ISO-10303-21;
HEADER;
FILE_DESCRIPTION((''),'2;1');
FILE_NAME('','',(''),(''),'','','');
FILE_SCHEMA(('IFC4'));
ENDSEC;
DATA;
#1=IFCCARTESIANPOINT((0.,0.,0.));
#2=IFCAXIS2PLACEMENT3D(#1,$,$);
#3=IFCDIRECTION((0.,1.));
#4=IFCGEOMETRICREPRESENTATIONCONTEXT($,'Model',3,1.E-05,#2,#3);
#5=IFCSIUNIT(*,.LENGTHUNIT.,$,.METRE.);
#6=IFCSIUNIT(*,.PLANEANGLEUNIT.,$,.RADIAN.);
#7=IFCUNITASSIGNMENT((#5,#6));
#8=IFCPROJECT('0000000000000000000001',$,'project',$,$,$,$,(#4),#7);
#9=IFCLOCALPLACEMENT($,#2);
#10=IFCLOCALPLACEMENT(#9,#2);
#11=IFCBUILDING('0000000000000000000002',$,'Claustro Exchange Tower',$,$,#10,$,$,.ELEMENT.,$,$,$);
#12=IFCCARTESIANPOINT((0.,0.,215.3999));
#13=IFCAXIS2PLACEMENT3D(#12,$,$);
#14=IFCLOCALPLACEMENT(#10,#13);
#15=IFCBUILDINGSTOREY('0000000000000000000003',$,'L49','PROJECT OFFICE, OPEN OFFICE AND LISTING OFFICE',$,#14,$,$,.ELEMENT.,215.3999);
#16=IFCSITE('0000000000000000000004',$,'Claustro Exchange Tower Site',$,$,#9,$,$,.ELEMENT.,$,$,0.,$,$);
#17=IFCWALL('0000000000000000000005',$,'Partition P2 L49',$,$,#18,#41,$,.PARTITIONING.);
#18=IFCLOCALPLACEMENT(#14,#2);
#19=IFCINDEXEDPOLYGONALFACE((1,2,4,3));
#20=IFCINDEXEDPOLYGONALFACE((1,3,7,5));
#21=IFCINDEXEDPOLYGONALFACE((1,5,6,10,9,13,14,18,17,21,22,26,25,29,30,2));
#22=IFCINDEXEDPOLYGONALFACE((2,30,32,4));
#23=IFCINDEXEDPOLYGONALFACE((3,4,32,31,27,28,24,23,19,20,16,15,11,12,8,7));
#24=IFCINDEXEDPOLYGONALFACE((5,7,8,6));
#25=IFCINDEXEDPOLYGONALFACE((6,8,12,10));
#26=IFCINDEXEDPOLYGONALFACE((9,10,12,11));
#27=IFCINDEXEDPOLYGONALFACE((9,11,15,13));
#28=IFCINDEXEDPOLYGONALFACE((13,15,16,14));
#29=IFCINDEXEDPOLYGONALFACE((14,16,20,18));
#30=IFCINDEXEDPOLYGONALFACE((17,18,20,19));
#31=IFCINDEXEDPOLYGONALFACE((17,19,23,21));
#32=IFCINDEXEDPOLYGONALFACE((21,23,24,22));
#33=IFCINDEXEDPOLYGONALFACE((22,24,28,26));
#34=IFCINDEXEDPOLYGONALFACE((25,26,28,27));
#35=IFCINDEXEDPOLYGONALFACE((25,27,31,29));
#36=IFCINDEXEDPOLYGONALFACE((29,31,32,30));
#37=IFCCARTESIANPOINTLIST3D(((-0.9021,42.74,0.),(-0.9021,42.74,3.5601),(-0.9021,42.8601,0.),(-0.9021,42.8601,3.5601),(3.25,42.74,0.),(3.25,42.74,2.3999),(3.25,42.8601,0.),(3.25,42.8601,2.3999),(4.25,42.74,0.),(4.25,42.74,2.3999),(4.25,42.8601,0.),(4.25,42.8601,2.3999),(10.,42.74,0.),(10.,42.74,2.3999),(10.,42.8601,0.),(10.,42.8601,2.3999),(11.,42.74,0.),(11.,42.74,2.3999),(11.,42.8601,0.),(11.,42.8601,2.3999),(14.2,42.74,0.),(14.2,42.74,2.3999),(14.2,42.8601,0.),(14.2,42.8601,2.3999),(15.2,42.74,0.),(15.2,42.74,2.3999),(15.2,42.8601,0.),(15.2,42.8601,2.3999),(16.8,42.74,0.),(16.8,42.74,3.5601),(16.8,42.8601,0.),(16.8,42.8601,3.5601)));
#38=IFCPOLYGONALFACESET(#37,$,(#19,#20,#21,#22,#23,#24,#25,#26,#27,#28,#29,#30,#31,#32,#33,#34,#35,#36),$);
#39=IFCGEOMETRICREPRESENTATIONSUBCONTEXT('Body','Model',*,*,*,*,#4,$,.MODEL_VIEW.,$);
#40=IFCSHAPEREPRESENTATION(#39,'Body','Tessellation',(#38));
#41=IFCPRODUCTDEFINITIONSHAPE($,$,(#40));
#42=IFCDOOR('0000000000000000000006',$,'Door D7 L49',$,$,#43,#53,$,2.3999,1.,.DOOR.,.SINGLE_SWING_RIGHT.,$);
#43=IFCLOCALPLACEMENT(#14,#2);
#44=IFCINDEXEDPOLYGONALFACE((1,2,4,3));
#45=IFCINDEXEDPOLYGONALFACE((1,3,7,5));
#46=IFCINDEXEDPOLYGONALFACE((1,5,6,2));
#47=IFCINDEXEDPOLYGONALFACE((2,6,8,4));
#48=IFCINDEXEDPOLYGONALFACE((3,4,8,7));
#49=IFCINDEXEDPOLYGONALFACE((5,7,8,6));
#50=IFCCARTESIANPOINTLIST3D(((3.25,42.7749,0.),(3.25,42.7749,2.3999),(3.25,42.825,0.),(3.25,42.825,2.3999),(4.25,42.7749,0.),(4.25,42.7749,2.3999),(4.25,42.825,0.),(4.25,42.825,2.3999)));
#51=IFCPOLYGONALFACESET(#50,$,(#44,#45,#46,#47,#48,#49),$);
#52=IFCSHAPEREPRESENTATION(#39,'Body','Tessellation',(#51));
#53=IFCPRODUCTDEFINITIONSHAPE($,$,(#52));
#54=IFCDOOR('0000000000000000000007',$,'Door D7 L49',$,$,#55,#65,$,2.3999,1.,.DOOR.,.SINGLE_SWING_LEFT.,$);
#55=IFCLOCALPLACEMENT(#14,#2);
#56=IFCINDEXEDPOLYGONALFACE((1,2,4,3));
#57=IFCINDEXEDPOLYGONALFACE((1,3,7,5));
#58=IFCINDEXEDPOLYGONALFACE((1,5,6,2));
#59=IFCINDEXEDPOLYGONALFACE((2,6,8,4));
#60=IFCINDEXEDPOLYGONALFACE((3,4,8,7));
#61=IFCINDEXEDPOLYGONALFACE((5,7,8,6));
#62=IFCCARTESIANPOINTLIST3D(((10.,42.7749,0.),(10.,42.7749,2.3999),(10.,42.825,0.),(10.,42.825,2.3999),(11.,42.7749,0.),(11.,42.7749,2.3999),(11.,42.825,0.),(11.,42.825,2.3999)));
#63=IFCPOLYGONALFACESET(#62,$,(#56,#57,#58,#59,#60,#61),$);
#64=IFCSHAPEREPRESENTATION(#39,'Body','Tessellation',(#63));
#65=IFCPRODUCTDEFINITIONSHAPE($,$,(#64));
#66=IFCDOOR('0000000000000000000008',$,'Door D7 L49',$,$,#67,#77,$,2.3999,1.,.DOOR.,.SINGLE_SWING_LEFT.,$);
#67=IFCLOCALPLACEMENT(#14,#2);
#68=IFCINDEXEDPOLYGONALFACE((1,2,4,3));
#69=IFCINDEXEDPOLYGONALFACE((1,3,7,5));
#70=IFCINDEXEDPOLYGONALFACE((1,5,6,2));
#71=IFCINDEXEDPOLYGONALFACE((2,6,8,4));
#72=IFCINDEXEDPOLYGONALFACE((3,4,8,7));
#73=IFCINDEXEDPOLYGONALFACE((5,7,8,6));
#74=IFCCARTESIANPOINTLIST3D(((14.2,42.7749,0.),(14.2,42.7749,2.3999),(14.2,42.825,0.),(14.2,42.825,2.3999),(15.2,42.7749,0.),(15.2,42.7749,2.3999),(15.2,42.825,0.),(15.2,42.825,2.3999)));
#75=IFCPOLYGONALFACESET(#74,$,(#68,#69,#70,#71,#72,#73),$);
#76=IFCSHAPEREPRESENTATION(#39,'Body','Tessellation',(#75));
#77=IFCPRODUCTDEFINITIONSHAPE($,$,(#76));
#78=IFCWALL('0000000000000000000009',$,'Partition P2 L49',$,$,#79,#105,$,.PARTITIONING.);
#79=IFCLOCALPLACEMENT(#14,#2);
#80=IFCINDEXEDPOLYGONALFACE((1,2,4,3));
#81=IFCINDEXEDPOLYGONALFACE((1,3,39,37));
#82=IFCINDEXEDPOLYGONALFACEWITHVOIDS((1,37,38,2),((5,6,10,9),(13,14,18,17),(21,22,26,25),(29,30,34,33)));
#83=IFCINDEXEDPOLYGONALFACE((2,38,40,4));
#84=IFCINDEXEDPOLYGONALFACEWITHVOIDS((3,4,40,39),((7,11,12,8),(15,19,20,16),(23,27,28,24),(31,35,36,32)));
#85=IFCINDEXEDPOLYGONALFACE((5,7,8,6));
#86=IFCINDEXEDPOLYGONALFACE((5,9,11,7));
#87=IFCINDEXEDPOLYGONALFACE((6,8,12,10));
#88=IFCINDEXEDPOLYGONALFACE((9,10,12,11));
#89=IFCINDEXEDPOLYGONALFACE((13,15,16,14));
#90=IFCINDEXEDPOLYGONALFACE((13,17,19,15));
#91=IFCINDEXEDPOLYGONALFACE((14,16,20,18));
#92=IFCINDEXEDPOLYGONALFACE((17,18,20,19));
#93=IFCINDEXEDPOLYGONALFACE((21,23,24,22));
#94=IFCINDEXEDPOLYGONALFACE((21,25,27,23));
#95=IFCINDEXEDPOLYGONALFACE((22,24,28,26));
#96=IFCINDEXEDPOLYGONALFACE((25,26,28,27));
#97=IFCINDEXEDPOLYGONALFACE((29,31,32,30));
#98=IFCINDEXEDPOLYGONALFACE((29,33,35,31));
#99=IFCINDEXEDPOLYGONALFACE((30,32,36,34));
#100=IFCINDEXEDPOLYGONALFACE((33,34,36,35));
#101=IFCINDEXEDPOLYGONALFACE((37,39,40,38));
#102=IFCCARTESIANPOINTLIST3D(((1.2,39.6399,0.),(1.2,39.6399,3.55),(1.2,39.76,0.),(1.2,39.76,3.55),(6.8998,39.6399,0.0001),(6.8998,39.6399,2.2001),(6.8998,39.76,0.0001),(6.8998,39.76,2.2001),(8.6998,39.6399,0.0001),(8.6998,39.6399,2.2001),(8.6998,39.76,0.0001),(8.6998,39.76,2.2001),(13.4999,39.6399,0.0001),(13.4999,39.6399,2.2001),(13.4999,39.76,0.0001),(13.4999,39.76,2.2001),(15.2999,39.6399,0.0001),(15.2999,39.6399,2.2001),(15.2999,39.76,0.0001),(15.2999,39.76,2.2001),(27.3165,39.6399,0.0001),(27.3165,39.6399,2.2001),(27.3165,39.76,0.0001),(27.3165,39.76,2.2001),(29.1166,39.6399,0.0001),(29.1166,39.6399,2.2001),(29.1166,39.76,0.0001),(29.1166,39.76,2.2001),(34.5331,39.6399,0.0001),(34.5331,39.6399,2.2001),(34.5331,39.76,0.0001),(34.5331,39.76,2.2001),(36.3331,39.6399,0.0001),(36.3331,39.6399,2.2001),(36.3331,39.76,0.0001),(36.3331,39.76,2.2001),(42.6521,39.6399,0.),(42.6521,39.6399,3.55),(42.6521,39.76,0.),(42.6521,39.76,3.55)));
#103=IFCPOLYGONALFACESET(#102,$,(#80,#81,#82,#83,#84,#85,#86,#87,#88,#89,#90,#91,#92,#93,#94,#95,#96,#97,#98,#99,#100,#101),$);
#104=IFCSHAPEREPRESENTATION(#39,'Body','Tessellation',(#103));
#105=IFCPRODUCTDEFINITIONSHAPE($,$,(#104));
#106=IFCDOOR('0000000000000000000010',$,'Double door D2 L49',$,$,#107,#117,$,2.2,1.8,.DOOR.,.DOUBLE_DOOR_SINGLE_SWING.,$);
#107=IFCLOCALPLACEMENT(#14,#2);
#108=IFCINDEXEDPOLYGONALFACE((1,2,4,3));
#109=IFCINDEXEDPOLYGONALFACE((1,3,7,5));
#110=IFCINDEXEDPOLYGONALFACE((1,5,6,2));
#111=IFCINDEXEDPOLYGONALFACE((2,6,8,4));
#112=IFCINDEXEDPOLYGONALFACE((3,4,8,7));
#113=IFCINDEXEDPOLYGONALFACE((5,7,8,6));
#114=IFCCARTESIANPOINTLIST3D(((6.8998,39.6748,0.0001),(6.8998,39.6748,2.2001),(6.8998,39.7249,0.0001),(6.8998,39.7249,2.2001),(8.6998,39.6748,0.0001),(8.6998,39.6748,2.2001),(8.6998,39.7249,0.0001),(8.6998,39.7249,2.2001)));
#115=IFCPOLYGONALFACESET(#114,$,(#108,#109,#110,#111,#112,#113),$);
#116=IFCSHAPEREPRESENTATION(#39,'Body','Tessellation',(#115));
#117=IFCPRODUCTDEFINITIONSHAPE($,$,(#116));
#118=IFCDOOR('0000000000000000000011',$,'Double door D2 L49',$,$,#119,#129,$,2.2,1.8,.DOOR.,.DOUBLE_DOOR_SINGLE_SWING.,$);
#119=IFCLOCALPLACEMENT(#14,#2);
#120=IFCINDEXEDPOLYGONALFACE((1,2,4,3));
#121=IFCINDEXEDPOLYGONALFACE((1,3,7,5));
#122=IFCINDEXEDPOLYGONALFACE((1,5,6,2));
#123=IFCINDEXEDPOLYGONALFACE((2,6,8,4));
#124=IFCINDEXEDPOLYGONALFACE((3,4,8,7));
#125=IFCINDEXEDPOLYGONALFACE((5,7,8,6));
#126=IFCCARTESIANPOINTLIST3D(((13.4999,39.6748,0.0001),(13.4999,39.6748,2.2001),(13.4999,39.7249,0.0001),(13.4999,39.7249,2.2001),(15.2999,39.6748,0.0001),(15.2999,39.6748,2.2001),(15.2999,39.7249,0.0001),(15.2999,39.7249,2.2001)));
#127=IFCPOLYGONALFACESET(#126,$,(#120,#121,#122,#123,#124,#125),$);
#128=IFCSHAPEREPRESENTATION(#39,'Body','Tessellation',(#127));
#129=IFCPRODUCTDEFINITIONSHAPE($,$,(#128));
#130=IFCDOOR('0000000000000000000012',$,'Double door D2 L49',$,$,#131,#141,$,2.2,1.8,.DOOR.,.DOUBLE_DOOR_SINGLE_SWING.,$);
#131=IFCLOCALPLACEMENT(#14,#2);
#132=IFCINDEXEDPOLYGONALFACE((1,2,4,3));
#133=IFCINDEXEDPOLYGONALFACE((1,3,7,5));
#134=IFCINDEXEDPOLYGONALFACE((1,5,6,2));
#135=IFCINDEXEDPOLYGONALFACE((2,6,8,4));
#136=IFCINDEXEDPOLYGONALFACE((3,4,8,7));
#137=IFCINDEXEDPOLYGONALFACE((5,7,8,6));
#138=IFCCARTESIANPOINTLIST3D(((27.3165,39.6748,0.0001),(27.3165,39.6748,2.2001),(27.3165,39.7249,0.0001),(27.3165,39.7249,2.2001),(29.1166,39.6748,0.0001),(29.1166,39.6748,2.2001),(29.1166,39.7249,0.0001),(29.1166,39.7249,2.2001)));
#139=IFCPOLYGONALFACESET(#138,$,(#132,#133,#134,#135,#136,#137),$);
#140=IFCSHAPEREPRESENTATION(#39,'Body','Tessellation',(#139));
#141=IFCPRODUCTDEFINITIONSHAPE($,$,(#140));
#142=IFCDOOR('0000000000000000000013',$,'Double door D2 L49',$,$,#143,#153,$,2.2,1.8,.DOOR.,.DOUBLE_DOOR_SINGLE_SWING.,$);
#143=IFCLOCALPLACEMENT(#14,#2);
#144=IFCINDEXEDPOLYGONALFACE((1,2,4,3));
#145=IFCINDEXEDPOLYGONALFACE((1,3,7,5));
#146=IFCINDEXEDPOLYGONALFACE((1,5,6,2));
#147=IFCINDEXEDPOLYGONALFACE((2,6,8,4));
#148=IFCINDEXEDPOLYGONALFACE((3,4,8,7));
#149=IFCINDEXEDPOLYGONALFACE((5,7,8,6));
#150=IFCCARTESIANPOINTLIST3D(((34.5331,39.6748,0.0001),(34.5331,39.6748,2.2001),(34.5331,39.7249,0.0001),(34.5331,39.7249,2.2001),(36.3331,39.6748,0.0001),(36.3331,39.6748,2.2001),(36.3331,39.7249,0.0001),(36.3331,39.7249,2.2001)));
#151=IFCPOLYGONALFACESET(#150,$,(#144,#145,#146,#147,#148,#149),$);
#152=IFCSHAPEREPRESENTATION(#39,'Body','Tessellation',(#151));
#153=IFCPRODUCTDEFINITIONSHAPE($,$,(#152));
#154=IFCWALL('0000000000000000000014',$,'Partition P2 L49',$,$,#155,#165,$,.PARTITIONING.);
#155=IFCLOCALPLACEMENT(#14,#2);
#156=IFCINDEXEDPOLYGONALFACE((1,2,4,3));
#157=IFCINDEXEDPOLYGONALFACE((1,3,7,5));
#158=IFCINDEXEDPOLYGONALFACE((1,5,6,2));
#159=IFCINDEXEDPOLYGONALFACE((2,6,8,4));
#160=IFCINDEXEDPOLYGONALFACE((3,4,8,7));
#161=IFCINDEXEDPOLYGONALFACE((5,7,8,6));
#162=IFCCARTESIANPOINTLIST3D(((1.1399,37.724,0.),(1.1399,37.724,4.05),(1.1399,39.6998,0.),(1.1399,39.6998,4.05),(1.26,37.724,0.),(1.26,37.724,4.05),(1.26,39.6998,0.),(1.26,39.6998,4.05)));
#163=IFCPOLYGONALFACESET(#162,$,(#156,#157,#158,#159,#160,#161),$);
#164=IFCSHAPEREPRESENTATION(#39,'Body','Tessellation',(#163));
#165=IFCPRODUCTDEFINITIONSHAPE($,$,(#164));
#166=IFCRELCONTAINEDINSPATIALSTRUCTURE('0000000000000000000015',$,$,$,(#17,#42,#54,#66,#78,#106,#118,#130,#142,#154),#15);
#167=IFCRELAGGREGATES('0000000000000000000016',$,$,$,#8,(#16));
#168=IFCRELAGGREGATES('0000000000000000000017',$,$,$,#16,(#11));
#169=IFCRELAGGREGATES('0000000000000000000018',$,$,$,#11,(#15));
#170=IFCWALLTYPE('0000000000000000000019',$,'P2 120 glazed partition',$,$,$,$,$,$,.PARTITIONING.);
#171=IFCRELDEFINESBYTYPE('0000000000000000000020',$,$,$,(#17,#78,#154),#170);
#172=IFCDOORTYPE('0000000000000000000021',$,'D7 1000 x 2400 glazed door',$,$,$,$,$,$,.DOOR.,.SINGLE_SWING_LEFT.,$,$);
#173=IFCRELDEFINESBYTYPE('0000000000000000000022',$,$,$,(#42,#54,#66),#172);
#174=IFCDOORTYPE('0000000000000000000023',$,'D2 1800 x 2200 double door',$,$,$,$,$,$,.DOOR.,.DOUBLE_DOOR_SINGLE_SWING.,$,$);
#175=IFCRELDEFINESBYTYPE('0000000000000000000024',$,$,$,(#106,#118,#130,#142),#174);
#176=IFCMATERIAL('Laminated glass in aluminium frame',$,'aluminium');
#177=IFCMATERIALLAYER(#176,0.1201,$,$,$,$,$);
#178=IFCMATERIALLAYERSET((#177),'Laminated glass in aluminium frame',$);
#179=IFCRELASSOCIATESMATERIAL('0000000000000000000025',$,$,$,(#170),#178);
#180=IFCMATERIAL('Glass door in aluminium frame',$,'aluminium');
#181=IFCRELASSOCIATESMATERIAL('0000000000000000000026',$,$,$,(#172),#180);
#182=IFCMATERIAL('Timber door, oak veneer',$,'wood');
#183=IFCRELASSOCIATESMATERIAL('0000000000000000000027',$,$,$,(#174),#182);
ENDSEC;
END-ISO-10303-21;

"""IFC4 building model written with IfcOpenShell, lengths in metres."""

from ifc_helpers import new_model, si_unit, direction, frame, frame_2d, origin, place, context, subcontext, project, spatial, rectangle, extrude, material, layer, layer_set, type_object, element, fill, save


model = new_model("IFC4")

# Units and contexts
model_context = context("Model", 3, precision=1e-05, world=origin(), true_north=direction((0.0, 1.0)))
body_context = subcontext(model_context, "Body", "Model", "MODEL_VIEW")
ifc_project = project(units=[si_unit("LENGTHUNIT", "METRE"), si_unit("PLANEANGLEUNIT", "RADIAN")], contexts=[model_context])

# Site, building, storey
site_placement = place(None, origin())
site = spatial("IfcSite", under=ifc_project, at=site_placement, Name="Claustro Exchange Tower Site", CompositionType="ELEMENT", RefElevation=0.0)
building_placement = place(site_placement, origin())
building = spatial("IfcBuilding", under=site, at=building_placement, Name="Claustro Exchange Tower", CompositionType="ELEMENT")
storey_placement = place(building_placement, frame((0.0, 0.0, 215.3999)))
storey = spatial("IfcBuildingStorey", under=building, at=storey_placement, Name="L49", Description="PROJECT OFFICE, OPEN OFFICE AND LISTING OFFICE", CompositionType="ELEMENT", Elevation=215.3999)

# Walls, openings, doors
ifc_material_1 = material(Name="Laminated glass in aluminium frame", Category="aluminium")
ifc_layer_1 = layer(ifc_material_1, 0.1201)
ifc_layer_set_1 = layer_set([ifc_layer_1], Name="Laminated glass in aluminium frame")
wall_type_1 = type_object("IfcWallType", Name="P2 120 glazed partition", PredefinedType="PARTITIONING", material=ifc_layer_set_1)
wall_1_placement = place(storey_placement, frame((-0.9021, 42.8, 0.0), z_axis=(0.0, 0.0, 1.0), x_axis=(1.0, 0.0, 0.0)))
wall_1 = element("IfcWall", 1, at=wall_1_placement, inside=storey, type_object=wall_type_1, Name="Partition P2 L49", PredefinedType="PARTITIONING", context=body_context, shape_type="SweptSolid", body=[
    extrude(rectangle(XDim=17.7021, YDim=0.1201, at=frame_2d((8.8511, 0.0))), origin(), (0.0, 0.0, 1.0), 3.5601),
])
opening_1_placement = place(wall_1_placement, frame((4.1521, 0.0, 0.0)))
opening_1 = element("IfcOpeningElement", 2, at=opening_1_placement, cuts=wall_1, PredefinedType="OPENING", context=body_context, shape_type="SweptSolid", body=[
    extrude(rectangle(XDim=1.0, YDim=2.3999, at=frame_2d((0.5, 1.2))), frame((0.0, 0.0701, 0.0), z_axis=(0.0, -1.0, 0.0), x_axis=(1.0, 0.0, 0.0)), (0.0, 0.0, 1.0), 0.1401),
])
opening_2_placement = place(wall_1_placement, frame((10.9021, 0.0, 0.0)))
opening_2 = element("IfcOpeningElement", 3, at=opening_2_placement, cuts=wall_1, PredefinedType="OPENING", context=body_context, shape_type="SweptSolid", body=[
    extrude(rectangle(XDim=1.0, YDim=2.3999, at=frame_2d((0.5, 1.2))), frame((0.0, 0.0701, 0.0), z_axis=(0.0, -1.0, 0.0), x_axis=(1.0, 0.0, 0.0)), (0.0, 0.0, 1.0), 0.1401),
])
opening_3_placement = place(wall_1_placement, frame((15.1021, 0.0, 0.0)))
opening_3 = element("IfcOpeningElement", 4, at=opening_3_placement, cuts=wall_1, PredefinedType="OPENING", context=body_context, shape_type="SweptSolid", body=[
    extrude(rectangle(XDim=1.0, YDim=2.3999, at=frame_2d((0.5, 1.2))), frame((0.0, 0.0701, 0.0), z_axis=(0.0, -1.0, 0.0), x_axis=(1.0, 0.0, 0.0)), (0.0, 0.0, 1.0), 0.1401),
])
ifc_material_2 = material(Name="Glass door in aluminium frame", Category="aluminium")
door_type_1 = type_object("IfcDoorType", Name="D7 1000 x 2400 glazed door", OperationType="SINGLE_SWING_LEFT", PredefinedType="DOOR", material=ifc_material_2)
door_1_placement = place(opening_1_placement, origin())
door_1 = element("IfcDoor", 5, at=door_1_placement, inside=storey, type_object=door_type_1, Name="Door D7 L49", OperationType="SINGLE_SWING_RIGHT", OverallHeight=2.3999, OverallWidth=1.0, PredefinedType="DOOR", context=body_context, shape_type="SweptSolid", body=[
    extrude(rectangle(XDim=1.0, YDim=2.3999, at=frame_2d((0.5, 1.2))), frame((0.0, 0.0249, 0.0), z_axis=(0.0, -1.0, 0.0), x_axis=(1.0, 0.0, 0.0)), (0.0, 0.0, 1.0), 0.05),
])
fill(opening_1, door_1)
door_2_placement = place(opening_2_placement, origin())
door_2 = element("IfcDoor", 6, at=door_2_placement, inside=storey, type_object=door_type_1, Name="Door D7 L49", OperationType="SINGLE_SWING_LEFT", OverallHeight=2.3999, OverallWidth=1.0, PredefinedType="DOOR", context=body_context, shape_type="SweptSolid", body=[
    extrude(rectangle(XDim=1.0, YDim=2.3999, at=frame_2d((0.5, 1.2))), frame((0.0, 0.0249, 0.0), z_axis=(0.0, -1.0, 0.0), x_axis=(1.0, 0.0, 0.0)), (0.0, 0.0, 1.0), 0.05),
])
fill(opening_2, door_2)
door_3_placement = place(opening_3_placement, origin())
door_3 = element("IfcDoor", 7, at=door_3_placement, inside=storey, type_object=door_type_1, Name="Door D7 L49", OperationType="SINGLE_SWING_LEFT", OverallHeight=2.3999, OverallWidth=1.0, PredefinedType="DOOR", context=body_context, shape_type="SweptSolid", body=[
    extrude(rectangle(XDim=1.0, YDim=2.3999, at=frame_2d((0.5, 1.2))), frame((0.0, 0.0249, 0.0), z_axis=(0.0, -1.0, 0.0), x_axis=(1.0, 0.0, 0.0)), (0.0, 0.0, 1.0), 0.05),
])
fill(opening_3, door_3)
wall_2_placement = place(storey_placement, frame((1.2, 39.7, 0.0), z_axis=(0.0, 0.0, 1.0), x_axis=(1.0, 0.0, 0.0)))
wall_2 = element("IfcWall", 8, at=wall_2_placement, inside=storey, type_object=wall_type_1, Name="Partition P2 L49", PredefinedType="PARTITIONING", context=body_context, shape_type="SweptSolid", body=[
    extrude(rectangle(XDim=41.4521, YDim=0.1201, at=frame_2d((20.7261, 0.0))), origin(), (0.0, 0.0, 1.0), 3.55),
])
opening_4_placement = place(wall_2_placement, frame((5.7, 0.0, 0.0)))
opening_4 = element("IfcOpeningElement", 9, at=opening_4_placement, cuts=wall_2, PredefinedType="OPENING", context=body_context, shape_type="SweptSolid", body=[
    extrude(rectangle(XDim=1.8, YDim=2.2, at=frame_2d((0.8999, 1.1001))), frame((0.0, 0.0701, 0.0), z_axis=(0.0, -1.0, 0.0), x_axis=(1.0, 0.0, 0.0)), (0.0, 0.0, 1.0), 0.1401),
])
opening_5_placement = place(wall_2_placement, frame((12.3, 0.0, 0.0)))
opening_5 = element("IfcOpeningElement", 10, at=opening_5_placement, cuts=wall_2, PredefinedType="OPENING", context=body_context, shape_type="SweptSolid", body=[
    extrude(rectangle(XDim=1.8, YDim=2.2, at=frame_2d((0.8999, 1.1001))), frame((0.0, 0.0701, 0.0), z_axis=(0.0, -1.0, 0.0), x_axis=(1.0, 0.0, 0.0)), (0.0, 0.0, 1.0), 0.1401),
])
opening_6_placement = place(wall_2_placement, frame((26.1167, 0.0, 0.0)))
opening_6 = element("IfcOpeningElement", 11, at=opening_6_placement, cuts=wall_2, PredefinedType="OPENING", context=body_context, shape_type="SweptSolid", body=[
    extrude(rectangle(XDim=1.8, YDim=2.2, at=frame_2d((0.8999, 1.1001))), frame((0.0, 0.0701, 0.0), z_axis=(0.0, -1.0, 0.0), x_axis=(1.0, 0.0, 0.0)), (0.0, 0.0, 1.0), 0.1401),
])
opening_7_placement = place(wall_2_placement, frame((33.3333, 0.0, 0.0)))
opening_7 = element("IfcOpeningElement", 12, at=opening_7_placement, cuts=wall_2, PredefinedType="OPENING", context=body_context, shape_type="SweptSolid", body=[
    extrude(rectangle(XDim=1.8, YDim=2.2, at=frame_2d((0.8999, 1.1001))), frame((0.0, 0.0701, 0.0), z_axis=(0.0, -1.0, 0.0), x_axis=(1.0, 0.0, 0.0)), (0.0, 0.0, 1.0), 0.1401),
])
ifc_material_3 = material(Name="Timber door, oak veneer", Category="wood")
door_type_2 = type_object("IfcDoorType", Name="D2 1800 x 2200 double door", OperationType="DOUBLE_DOOR_SINGLE_SWING", PredefinedType="DOOR", material=ifc_material_3)
door_4_placement = place(opening_4_placement, origin())
door_4 = element("IfcDoor", 13, at=door_4_placement, inside=storey, type_object=door_type_2, Name="Double door D2 L49", OperationType="DOUBLE_DOOR_SINGLE_SWING", OverallHeight=2.2, OverallWidth=1.8, PredefinedType="DOOR", context=body_context, shape_type="SweptSolid", body=[
    extrude(rectangle(XDim=1.8, YDim=2.2, at=frame_2d((0.8999, 1.1001))), frame((0.0, 0.0249, 0.0), z_axis=(0.0, -1.0, 0.0), x_axis=(1.0, 0.0, 0.0)), (0.0, 0.0, 1.0), 0.05),
])
fill(opening_4, door_4)
door_5_placement = place(opening_5_placement, origin())
door_5 = element("IfcDoor", 14, at=door_5_placement, inside=storey, type_object=door_type_2, Name="Double door D2 L49", OperationType="DOUBLE_DOOR_SINGLE_SWING", OverallHeight=2.2, OverallWidth=1.8, PredefinedType="DOOR", context=body_context, shape_type="SweptSolid", body=[
    extrude(rectangle(XDim=1.8, YDim=2.2, at=frame_2d((0.8999, 1.1001))), frame((0.0, 0.0249, 0.0), z_axis=(0.0, -1.0, 0.0), x_axis=(1.0, 0.0, 0.0)), (0.0, 0.0, 1.0), 0.05),
])
fill(opening_5, door_5)
door_6_placement = place(opening_6_placement, origin())
door_6 = element("IfcDoor", 15, at=door_6_placement, inside=storey, type_object=door_type_2, Name="Double door D2 L49", OperationType="DOUBLE_DOOR_SINGLE_SWING", OverallHeight=2.2, OverallWidth=1.8, PredefinedType="DOOR", context=body_context, shape_type="SweptSolid", body=[
    extrude(rectangle(XDim=1.8, YDim=2.2, at=frame_2d((0.8999, 1.1001))), frame((0.0, 0.0249, 0.0), z_axis=(0.0, -1.0, 0.0), x_axis=(1.0, 0.0, 0.0)), (0.0, 0.0, 1.0), 0.05),
])
fill(opening_6, door_6)
door_7_placement = place(opening_7_placement, origin())
door_7 = element("IfcDoor", 16, at=door_7_placement, inside=storey, type_object=door_type_2, Name="Double door D2 L49", OperationType="DOUBLE_DOOR_SINGLE_SWING", OverallHeight=2.2, OverallWidth=1.8, PredefinedType="DOOR", context=body_context, shape_type="SweptSolid", body=[
    extrude(rectangle(XDim=1.8, YDim=2.2, at=frame_2d((0.8999, 1.1001))), frame((0.0, 0.0249, 0.0), z_axis=(0.0, -1.0, 0.0), x_axis=(1.0, 0.0, 0.0)), (0.0, 0.0, 1.0), 0.05),
])
fill(opening_7, door_7)

# Wall
wall_3_placement = place(storey_placement, frame((1.2, 37.7241, 0.0), z_axis=(0.0, 0.0, 1.0), x_axis=(0.0, 1.0, 0.0)))
element("IfcWall", 17, at=wall_3_placement, inside=storey, type_object=wall_type_1, Name="Partition P2 L49", PredefinedType="PARTITIONING", context=body_context, shape_type="SweptSolid", body=[
    extrude(rectangle(XDim=1.9758, YDim=0.1201, at=frame_2d((0.9878, 0.0))), origin(), (0.0, 0.0, 1.0), 4.05),
])

save(model, "model.ifc")
